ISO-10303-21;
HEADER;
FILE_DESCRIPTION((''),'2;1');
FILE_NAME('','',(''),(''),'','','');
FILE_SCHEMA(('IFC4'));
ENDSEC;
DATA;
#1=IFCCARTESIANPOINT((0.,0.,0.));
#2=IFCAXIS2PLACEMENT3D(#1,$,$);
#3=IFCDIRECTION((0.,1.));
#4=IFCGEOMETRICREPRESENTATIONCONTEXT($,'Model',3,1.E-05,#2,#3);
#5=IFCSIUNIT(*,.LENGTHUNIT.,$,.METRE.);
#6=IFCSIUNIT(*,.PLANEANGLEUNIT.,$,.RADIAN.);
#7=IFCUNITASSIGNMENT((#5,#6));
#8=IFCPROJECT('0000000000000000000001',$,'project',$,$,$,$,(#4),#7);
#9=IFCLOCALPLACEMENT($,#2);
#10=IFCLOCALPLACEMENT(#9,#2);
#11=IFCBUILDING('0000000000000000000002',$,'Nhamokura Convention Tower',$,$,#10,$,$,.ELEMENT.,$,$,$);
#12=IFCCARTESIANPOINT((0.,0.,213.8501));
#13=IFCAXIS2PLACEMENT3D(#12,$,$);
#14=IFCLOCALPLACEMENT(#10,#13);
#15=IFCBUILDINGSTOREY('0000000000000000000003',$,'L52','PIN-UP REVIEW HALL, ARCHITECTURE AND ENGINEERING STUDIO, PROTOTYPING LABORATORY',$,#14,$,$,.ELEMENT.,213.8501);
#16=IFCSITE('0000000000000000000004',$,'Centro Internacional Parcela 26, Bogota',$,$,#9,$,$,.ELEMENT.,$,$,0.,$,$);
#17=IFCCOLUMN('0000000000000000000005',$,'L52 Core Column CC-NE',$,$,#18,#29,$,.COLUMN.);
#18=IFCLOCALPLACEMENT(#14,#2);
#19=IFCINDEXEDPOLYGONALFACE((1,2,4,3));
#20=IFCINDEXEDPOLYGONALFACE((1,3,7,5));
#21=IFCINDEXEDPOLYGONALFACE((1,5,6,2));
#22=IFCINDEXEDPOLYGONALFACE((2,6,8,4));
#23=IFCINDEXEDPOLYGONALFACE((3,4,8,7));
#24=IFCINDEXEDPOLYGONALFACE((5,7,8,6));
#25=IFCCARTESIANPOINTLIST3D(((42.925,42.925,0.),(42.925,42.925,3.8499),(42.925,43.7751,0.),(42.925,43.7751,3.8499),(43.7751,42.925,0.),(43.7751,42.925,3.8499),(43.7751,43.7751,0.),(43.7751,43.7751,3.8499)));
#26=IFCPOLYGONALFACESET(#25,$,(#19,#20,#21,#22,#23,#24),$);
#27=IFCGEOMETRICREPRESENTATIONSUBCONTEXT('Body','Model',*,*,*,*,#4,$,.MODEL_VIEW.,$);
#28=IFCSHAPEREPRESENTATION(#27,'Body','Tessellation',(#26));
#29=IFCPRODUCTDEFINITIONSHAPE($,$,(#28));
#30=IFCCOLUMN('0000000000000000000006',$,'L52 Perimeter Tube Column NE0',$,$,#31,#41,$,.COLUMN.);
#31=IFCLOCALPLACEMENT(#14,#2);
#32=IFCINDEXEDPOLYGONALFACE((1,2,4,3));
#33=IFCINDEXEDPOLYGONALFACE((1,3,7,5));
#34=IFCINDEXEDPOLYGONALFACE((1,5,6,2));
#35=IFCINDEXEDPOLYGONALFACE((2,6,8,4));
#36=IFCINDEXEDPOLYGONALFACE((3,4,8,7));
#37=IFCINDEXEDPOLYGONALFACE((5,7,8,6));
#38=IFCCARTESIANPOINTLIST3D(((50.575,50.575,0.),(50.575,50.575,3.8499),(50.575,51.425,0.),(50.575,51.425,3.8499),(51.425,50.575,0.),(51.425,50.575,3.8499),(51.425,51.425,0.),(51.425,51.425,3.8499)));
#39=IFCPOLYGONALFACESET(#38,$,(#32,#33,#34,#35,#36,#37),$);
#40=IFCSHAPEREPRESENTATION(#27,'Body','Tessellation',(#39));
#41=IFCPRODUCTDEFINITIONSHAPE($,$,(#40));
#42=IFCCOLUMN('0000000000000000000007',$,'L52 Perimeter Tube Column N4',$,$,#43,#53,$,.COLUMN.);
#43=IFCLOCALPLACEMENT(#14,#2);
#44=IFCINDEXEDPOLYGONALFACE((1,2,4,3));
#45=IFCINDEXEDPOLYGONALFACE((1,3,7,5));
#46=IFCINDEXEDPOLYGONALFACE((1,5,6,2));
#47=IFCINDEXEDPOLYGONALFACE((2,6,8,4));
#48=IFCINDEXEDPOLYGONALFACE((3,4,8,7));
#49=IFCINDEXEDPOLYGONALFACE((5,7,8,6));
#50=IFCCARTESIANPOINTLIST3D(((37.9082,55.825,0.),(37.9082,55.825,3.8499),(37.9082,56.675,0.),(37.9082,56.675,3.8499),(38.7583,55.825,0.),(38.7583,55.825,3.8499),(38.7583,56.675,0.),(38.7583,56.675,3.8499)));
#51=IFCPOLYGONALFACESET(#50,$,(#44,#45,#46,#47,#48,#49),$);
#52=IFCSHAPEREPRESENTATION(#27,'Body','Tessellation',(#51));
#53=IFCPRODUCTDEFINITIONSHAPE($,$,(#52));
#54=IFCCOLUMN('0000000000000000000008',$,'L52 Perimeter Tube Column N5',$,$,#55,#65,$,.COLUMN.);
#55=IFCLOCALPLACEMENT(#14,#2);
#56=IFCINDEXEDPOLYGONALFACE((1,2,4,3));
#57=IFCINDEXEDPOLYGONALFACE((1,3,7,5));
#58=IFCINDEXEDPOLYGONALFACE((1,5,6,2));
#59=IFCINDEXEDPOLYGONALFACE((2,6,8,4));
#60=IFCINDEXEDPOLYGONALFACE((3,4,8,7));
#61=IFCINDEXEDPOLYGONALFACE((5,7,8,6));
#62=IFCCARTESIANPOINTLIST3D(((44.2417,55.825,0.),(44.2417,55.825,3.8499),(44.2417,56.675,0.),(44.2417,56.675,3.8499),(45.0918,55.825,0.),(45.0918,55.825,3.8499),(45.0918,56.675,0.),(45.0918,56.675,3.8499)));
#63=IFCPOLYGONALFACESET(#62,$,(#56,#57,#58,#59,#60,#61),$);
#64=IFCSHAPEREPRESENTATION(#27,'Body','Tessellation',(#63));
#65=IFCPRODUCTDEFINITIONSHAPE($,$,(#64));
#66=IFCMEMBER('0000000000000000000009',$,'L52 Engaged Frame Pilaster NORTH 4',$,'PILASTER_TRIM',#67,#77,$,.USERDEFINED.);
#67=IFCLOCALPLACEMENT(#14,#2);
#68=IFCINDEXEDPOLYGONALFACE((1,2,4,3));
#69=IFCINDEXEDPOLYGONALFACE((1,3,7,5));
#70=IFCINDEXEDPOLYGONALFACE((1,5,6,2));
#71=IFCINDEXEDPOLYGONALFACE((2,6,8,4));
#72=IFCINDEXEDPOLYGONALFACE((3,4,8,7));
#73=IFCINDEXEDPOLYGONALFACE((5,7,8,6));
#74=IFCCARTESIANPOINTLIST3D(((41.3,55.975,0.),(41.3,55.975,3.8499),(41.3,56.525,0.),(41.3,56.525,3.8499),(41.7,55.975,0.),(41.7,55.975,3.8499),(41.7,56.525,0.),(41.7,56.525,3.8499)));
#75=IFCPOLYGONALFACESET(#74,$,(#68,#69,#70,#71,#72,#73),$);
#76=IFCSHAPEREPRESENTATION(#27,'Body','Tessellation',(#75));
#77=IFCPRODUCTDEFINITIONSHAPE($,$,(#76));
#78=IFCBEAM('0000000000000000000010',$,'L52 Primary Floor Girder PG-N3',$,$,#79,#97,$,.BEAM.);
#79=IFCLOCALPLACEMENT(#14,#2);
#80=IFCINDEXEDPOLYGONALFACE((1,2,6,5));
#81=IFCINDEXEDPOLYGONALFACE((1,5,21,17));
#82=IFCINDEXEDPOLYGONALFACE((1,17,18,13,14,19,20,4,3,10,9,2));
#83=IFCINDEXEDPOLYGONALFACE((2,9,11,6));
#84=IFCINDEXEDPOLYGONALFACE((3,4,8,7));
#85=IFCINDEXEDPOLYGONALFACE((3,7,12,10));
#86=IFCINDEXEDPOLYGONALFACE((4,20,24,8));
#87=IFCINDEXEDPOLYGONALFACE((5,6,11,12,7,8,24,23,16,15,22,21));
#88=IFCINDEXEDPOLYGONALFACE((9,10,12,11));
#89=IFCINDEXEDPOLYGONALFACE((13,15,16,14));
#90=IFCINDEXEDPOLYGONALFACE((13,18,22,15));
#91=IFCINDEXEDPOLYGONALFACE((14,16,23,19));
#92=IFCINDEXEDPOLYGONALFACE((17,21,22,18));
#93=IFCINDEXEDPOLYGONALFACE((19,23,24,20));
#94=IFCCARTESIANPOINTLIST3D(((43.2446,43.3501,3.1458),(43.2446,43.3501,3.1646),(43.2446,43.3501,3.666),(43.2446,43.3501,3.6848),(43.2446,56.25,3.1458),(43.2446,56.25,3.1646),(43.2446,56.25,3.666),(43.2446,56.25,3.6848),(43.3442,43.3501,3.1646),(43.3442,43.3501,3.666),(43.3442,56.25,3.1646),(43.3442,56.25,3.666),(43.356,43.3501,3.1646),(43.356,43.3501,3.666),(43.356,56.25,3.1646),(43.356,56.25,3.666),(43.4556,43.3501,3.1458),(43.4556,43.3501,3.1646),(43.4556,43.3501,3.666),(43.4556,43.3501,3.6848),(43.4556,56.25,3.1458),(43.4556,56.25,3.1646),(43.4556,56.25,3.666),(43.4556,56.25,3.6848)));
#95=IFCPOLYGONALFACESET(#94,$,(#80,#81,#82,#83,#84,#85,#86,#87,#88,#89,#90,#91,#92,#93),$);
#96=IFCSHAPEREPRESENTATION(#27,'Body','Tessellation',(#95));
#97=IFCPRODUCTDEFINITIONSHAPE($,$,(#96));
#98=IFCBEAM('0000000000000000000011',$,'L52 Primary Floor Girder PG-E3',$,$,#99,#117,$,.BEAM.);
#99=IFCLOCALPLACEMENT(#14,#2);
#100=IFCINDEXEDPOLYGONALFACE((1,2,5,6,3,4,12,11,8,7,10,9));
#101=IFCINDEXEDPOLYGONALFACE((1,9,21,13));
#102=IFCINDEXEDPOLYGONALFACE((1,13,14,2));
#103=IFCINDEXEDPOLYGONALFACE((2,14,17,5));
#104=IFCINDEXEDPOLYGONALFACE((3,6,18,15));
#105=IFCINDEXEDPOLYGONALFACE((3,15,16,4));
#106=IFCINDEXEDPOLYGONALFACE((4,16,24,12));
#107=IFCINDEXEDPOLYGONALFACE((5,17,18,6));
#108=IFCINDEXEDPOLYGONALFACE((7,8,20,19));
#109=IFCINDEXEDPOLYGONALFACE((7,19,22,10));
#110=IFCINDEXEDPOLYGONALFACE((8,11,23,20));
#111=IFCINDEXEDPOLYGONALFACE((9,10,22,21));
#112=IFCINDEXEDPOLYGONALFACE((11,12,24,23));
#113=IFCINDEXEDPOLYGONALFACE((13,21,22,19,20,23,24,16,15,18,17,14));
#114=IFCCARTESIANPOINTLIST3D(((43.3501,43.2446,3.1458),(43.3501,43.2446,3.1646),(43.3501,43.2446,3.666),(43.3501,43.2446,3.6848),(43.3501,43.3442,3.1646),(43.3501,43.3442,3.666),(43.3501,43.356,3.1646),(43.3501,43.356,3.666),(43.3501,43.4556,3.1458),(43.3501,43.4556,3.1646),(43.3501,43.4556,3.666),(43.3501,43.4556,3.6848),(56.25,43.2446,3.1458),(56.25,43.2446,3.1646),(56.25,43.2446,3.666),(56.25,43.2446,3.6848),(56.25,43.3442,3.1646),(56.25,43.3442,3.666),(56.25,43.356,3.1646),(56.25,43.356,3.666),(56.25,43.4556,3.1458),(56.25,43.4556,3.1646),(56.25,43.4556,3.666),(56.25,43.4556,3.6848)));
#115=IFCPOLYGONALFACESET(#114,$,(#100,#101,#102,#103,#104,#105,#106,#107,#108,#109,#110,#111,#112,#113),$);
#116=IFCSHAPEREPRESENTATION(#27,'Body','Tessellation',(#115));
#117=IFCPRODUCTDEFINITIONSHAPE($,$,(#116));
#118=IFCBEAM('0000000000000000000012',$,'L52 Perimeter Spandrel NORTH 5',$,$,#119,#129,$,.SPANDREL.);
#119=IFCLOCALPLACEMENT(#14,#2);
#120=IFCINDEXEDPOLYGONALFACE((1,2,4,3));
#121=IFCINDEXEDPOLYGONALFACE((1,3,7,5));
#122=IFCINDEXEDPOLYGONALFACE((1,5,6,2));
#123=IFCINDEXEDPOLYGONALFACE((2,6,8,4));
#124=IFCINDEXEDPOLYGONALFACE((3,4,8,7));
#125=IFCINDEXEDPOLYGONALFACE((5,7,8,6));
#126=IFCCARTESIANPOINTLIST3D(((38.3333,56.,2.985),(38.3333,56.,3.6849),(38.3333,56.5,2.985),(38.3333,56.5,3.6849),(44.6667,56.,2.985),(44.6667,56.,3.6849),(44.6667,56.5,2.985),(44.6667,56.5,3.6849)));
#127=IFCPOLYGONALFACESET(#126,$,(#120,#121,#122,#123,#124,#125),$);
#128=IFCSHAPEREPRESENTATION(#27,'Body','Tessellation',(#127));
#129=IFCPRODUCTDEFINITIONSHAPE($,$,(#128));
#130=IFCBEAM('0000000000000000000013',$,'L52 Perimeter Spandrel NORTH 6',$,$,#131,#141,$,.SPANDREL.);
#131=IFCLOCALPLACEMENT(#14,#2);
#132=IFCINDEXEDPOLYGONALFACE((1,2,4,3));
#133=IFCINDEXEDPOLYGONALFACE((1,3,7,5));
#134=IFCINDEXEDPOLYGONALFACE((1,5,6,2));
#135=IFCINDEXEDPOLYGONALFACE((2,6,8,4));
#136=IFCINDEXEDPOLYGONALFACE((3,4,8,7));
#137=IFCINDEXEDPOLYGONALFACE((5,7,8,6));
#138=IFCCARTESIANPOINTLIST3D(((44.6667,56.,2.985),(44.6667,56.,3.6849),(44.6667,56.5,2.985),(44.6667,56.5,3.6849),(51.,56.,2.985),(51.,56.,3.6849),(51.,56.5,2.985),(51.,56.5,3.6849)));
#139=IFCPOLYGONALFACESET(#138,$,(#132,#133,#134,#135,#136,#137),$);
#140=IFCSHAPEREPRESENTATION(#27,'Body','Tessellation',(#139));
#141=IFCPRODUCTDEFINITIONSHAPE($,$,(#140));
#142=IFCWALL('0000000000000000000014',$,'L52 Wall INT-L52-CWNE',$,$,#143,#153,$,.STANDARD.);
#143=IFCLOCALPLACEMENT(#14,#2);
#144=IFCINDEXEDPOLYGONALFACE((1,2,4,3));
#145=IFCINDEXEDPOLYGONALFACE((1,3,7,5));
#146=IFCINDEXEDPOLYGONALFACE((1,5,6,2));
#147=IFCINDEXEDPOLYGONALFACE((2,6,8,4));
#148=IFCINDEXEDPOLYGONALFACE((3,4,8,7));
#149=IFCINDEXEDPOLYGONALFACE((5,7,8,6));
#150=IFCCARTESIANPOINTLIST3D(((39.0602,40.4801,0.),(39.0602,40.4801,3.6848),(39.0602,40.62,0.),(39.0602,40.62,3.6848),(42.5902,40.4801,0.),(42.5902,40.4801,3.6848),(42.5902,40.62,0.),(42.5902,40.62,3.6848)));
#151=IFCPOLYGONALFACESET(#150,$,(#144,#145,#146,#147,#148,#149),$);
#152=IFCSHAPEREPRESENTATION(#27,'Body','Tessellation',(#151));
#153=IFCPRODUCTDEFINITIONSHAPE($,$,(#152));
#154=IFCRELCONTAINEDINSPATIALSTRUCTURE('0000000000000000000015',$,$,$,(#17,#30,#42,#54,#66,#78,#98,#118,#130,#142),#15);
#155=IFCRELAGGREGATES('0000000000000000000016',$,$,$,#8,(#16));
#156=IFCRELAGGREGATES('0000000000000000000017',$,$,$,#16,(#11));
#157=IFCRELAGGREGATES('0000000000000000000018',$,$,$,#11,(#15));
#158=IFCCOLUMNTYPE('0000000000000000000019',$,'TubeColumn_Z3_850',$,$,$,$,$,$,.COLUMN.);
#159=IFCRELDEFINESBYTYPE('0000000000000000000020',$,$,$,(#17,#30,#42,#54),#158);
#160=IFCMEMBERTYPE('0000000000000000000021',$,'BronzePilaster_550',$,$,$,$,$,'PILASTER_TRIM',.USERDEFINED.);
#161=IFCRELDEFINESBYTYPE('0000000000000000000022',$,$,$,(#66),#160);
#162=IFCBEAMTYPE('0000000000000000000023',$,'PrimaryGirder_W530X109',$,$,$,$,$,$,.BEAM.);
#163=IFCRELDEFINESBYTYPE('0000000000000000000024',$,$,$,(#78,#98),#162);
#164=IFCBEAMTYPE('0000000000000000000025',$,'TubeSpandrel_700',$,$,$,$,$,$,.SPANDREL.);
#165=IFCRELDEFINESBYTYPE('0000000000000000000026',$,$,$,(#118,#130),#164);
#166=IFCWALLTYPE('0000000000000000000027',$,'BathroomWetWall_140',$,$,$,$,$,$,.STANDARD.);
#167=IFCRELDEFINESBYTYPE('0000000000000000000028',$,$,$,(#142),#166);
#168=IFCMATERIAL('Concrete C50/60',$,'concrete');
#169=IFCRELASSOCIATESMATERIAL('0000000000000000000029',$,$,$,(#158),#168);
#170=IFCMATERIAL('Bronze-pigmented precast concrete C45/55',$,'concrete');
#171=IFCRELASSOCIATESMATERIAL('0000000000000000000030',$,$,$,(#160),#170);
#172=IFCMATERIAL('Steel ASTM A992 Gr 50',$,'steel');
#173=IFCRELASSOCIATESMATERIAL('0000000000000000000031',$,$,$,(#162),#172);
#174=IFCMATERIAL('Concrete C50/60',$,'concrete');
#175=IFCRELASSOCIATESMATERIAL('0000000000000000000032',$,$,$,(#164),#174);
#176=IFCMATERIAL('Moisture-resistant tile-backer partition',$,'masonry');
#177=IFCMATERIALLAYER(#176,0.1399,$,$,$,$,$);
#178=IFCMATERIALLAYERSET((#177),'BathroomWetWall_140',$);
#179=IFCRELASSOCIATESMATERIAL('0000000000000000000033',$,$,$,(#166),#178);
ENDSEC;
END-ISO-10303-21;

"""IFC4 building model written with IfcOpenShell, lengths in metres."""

from ifc_helpers import new_model, si_unit, direction, frame, frame_2d, origin, origin_2d, place, context, subcontext, project, spatial, rectangle, i_section, extrude, material, layer, layer_set, material_profile, profile_set, type_object, element, save


model = new_model("IFC4")

# Units and contexts
model_context = context("Model", 3, precision=1e-05, world=origin(), true_north=direction((0.0, 1.0)))
body_context = subcontext(model_context, "Body", "Model", "MODEL_VIEW")
ifc_project = project(units=[si_unit("LENGTHUNIT", "METRE"), si_unit("PLANEANGLEUNIT", "RADIAN")], contexts=[model_context])

# Site, building, storey
site_placement = place(None, origin())
site = spatial("IfcSite", under=ifc_project, at=site_placement, Name="Centro Internacional Parcela 26, Bogota", CompositionType="ELEMENT", RefElevation=0.0)
building_placement = place(site_placement, origin())
building = spatial("IfcBuilding", under=site, at=building_placement, Name="Nhamokura Convention Tower", CompositionType="ELEMENT")
storey_placement = place(building_placement, frame((0.0, 0.0, 213.8501)))
storey = spatial("IfcBuildingStorey", under=building, at=storey_placement, Name="L52", Description="PIN-UP REVIEW HALL, ARCHITECTURE AND ENGINEERING STUDIO, PROTOTYPING LABORATORY", CompositionType="ELEMENT", Elevation=213.8501)

# Columns
ifc_material_1 = material(Name="Concrete C50/60", Category="concrete")
ifc_material_profile_1 = material_profile(ifc_material_1, rectangle(XDim=0.8501, YDim=0.8501, at=origin_2d()))
ifc_profile_set_1 = profile_set([ifc_material_profile_1], Name="Concrete C50/60")
column_type = type_object("IfcColumnType", Name="TubeColumn_Z3_850", PredefinedType="COLUMN", material=ifc_profile_set_1)
for number, where, z_axis, x_axis, name in (
    (1, (43.3501, 43.3501, 0.0), (0.0, 0.0, 1.0), (1.0, 0.0, 0.0), "L52 Core Column CC-NE"),
    (2, (51.0, 51.0, 0.0), (0.0, 0.0, 1.0), (1.0, 0.0, 0.0), "L52 Perimeter Tube Column NE0"),
    (3, (38.3333, 56.25, 0.0), (0.0, 0.0, 1.0), (1.0, 0.0, 0.0), "L52 Perimeter Tube Column N4"),
    (4, (44.6667, 56.25, 0.0), (0.0, 0.0, 1.0), (1.0, 0.0, 0.0), "L52 Perimeter Tube Column N5"),
):
    element("IfcColumn", number, at=place(storey_placement, frame(where, z_axis=z_axis, x_axis=x_axis)), inside=storey, type_object=column_type, Name=name, PredefinedType="COLUMN", context=body_context, shape_type="SweptSolid", body=[
        extrude(rectangle(XDim=0.8501, YDim=0.8501, at=origin_2d()), origin(), (0.0, 0.0, 1.0), 3.8499),
    ])

# Member
ifc_material_2 = material(Name="Bronze-pigmented precast concrete C45/55", Category="concrete")
ifc_material_profile_2 = material_profile(ifc_material_2, rectangle(XDim=0.3999, YDim=0.55, at=origin_2d()))
ifc_profile_set_2 = profile_set([ifc_material_profile_2], Name="Bronze-pigmented precast concrete C45/55")
member_type = type_object("IfcMemberType", Name="BronzePilaster_550", ElementType="PILASTER_TRIM", PredefinedType="USERDEFINED", material=ifc_profile_set_2)
member_placement = place(storey_placement, frame((41.5, 56.25, 0.0), z_axis=(0.0, 0.0, 1.0), x_axis=(1.0, 0.0, 0.0)))
element("IfcMember", 5, at=member_placement, inside=storey, type_object=member_type, Name="L52 Engaged Frame Pilaster NORTH 4", ObjectType="PILASTER_TRIM", PredefinedType="USERDEFINED", context=body_context, shape_type="SweptSolid", body=[
    extrude(rectangle(XDim=0.3999, YDim=0.55, at=origin_2d()), origin(), (0.0, 0.0, 1.0), 3.8499),
])

# Beams
ifc_material_3 = material(Name="Steel ASTM A992 Gr 50", Category="steel")
ifc_material_profile_3 = material_profile(ifc_material_3, i_section(OverallWidth=0.2109, OverallDepth=0.5391, WebThickness=0.0117, FlangeThickness=0.0188, at=origin_2d()))
ifc_profile_set_3 = profile_set([ifc_material_profile_3], Name="Steel ASTM A992 Gr 50")
beam_type_1 = type_object("IfcBeamType", Name="PrimaryGirder_W530X109", PredefinedType="BEAM", material=ifc_profile_set_3)
for number, where, z_axis, x_axis, name in (
    (6, (43.3501, 43.3501, 3.4153), (0.0, 1.0, 0.0), (-1.0, 0.0, 0.0), "L52 Primary Floor Girder PG-N3"),
    (7, (43.3501, 43.3501, 3.4153), (1.0, 0.0, 0.0), (0.0, 1.0, 0.0), "L52 Primary Floor Girder PG-E3"),
):
    element("IfcBeam", number, at=place(storey_placement, frame(where, z_axis=z_axis, x_axis=x_axis)), inside=storey, type_object=beam_type_1, Name=name, PredefinedType="BEAM", context=body_context, shape_type="SweptSolid", body=[
        extrude(i_section(OverallWidth=0.2109, OverallDepth=0.5391, WebThickness=0.0117, FlangeThickness=0.0188, at=origin_2d()), origin(), (0.0, 0.0, 1.0), 12.8999),
    ])
ifc_material_4 = material(Name="Concrete C50/60", Category="concrete")
ifc_material_profile_4 = material_profile(ifc_material_4, rectangle(XDim=0.5, YDim=0.7, at=origin_2d()))
ifc_profile_set_4 = profile_set([ifc_material_profile_4], Name="Concrete C50/60")
beam_type_2 = type_object("IfcBeamType", Name="TubeSpandrel_700", PredefinedType="SPANDREL", material=ifc_profile_set_4)
beam_1_placement = place(storey_placement, frame((38.3333, 56.25, 3.335), z_axis=(1.0, 0.0, 0.0), x_axis=(0.0, 1.0, 0.0)))
element("IfcBeam", 8, at=beam_1_placement, inside=storey, type_object=beam_type_2, Name="L52 Perimeter Spandrel NORTH 5", PredefinedType="SPANDREL", context=body_context, shape_type="SweptSolid", body=[
    extrude(rectangle(XDim=0.5, YDim=0.7, at=origin_2d()), origin(), (0.0, 0.0, 1.0), 6.3335),
])
beam_2_placement = place(storey_placement, frame((44.6667, 56.25, 3.335), z_axis=(1.0, 0.0, 0.0), x_axis=(0.0, 1.0, 0.0)))
element("IfcBeam", 9, at=beam_2_placement, inside=storey, type_object=beam_type_2, Name="L52 Perimeter Spandrel NORTH 6", PredefinedType="SPANDREL", context=body_context, shape_type="SweptSolid", body=[
    extrude(rectangle(XDim=0.5, YDim=0.7, at=origin_2d()), origin(), (0.0, 0.0, 1.0), 6.3333),
])

# Wall
ifc_material_5 = material(Name="Moisture-resistant tile-backer partition", Category="masonry")
ifc_layer_1 = layer(ifc_material_5, 0.1399)
ifc_layer_set_1 = layer_set([ifc_layer_1], Name="BathroomWetWall_140")
wall_type_1 = type_object("IfcWallType", Name="BathroomWetWall_140", PredefinedType="STANDARD", material=ifc_layer_set_1)
wall_1_placement = place(storey_placement, frame((39.0601, 40.55, 0.0), z_axis=(0.0, 0.0, 1.0), x_axis=(1.0, 0.0, 0.0)))
element("IfcWall", 10, at=wall_1_placement, inside=storey, type_object=wall_type_1, Name="L52 Wall INT-L52-CWNE", PredefinedType="STANDARD", context=body_context, shape_type="SweptSolid", body=[
    extrude(rectangle(XDim=3.53, YDim=0.1399, at=frame_2d((1.7651, 0.0))), origin(), (0.0, 0.0, 1.0), 3.6848),
])

save(model, "model.ifc")
